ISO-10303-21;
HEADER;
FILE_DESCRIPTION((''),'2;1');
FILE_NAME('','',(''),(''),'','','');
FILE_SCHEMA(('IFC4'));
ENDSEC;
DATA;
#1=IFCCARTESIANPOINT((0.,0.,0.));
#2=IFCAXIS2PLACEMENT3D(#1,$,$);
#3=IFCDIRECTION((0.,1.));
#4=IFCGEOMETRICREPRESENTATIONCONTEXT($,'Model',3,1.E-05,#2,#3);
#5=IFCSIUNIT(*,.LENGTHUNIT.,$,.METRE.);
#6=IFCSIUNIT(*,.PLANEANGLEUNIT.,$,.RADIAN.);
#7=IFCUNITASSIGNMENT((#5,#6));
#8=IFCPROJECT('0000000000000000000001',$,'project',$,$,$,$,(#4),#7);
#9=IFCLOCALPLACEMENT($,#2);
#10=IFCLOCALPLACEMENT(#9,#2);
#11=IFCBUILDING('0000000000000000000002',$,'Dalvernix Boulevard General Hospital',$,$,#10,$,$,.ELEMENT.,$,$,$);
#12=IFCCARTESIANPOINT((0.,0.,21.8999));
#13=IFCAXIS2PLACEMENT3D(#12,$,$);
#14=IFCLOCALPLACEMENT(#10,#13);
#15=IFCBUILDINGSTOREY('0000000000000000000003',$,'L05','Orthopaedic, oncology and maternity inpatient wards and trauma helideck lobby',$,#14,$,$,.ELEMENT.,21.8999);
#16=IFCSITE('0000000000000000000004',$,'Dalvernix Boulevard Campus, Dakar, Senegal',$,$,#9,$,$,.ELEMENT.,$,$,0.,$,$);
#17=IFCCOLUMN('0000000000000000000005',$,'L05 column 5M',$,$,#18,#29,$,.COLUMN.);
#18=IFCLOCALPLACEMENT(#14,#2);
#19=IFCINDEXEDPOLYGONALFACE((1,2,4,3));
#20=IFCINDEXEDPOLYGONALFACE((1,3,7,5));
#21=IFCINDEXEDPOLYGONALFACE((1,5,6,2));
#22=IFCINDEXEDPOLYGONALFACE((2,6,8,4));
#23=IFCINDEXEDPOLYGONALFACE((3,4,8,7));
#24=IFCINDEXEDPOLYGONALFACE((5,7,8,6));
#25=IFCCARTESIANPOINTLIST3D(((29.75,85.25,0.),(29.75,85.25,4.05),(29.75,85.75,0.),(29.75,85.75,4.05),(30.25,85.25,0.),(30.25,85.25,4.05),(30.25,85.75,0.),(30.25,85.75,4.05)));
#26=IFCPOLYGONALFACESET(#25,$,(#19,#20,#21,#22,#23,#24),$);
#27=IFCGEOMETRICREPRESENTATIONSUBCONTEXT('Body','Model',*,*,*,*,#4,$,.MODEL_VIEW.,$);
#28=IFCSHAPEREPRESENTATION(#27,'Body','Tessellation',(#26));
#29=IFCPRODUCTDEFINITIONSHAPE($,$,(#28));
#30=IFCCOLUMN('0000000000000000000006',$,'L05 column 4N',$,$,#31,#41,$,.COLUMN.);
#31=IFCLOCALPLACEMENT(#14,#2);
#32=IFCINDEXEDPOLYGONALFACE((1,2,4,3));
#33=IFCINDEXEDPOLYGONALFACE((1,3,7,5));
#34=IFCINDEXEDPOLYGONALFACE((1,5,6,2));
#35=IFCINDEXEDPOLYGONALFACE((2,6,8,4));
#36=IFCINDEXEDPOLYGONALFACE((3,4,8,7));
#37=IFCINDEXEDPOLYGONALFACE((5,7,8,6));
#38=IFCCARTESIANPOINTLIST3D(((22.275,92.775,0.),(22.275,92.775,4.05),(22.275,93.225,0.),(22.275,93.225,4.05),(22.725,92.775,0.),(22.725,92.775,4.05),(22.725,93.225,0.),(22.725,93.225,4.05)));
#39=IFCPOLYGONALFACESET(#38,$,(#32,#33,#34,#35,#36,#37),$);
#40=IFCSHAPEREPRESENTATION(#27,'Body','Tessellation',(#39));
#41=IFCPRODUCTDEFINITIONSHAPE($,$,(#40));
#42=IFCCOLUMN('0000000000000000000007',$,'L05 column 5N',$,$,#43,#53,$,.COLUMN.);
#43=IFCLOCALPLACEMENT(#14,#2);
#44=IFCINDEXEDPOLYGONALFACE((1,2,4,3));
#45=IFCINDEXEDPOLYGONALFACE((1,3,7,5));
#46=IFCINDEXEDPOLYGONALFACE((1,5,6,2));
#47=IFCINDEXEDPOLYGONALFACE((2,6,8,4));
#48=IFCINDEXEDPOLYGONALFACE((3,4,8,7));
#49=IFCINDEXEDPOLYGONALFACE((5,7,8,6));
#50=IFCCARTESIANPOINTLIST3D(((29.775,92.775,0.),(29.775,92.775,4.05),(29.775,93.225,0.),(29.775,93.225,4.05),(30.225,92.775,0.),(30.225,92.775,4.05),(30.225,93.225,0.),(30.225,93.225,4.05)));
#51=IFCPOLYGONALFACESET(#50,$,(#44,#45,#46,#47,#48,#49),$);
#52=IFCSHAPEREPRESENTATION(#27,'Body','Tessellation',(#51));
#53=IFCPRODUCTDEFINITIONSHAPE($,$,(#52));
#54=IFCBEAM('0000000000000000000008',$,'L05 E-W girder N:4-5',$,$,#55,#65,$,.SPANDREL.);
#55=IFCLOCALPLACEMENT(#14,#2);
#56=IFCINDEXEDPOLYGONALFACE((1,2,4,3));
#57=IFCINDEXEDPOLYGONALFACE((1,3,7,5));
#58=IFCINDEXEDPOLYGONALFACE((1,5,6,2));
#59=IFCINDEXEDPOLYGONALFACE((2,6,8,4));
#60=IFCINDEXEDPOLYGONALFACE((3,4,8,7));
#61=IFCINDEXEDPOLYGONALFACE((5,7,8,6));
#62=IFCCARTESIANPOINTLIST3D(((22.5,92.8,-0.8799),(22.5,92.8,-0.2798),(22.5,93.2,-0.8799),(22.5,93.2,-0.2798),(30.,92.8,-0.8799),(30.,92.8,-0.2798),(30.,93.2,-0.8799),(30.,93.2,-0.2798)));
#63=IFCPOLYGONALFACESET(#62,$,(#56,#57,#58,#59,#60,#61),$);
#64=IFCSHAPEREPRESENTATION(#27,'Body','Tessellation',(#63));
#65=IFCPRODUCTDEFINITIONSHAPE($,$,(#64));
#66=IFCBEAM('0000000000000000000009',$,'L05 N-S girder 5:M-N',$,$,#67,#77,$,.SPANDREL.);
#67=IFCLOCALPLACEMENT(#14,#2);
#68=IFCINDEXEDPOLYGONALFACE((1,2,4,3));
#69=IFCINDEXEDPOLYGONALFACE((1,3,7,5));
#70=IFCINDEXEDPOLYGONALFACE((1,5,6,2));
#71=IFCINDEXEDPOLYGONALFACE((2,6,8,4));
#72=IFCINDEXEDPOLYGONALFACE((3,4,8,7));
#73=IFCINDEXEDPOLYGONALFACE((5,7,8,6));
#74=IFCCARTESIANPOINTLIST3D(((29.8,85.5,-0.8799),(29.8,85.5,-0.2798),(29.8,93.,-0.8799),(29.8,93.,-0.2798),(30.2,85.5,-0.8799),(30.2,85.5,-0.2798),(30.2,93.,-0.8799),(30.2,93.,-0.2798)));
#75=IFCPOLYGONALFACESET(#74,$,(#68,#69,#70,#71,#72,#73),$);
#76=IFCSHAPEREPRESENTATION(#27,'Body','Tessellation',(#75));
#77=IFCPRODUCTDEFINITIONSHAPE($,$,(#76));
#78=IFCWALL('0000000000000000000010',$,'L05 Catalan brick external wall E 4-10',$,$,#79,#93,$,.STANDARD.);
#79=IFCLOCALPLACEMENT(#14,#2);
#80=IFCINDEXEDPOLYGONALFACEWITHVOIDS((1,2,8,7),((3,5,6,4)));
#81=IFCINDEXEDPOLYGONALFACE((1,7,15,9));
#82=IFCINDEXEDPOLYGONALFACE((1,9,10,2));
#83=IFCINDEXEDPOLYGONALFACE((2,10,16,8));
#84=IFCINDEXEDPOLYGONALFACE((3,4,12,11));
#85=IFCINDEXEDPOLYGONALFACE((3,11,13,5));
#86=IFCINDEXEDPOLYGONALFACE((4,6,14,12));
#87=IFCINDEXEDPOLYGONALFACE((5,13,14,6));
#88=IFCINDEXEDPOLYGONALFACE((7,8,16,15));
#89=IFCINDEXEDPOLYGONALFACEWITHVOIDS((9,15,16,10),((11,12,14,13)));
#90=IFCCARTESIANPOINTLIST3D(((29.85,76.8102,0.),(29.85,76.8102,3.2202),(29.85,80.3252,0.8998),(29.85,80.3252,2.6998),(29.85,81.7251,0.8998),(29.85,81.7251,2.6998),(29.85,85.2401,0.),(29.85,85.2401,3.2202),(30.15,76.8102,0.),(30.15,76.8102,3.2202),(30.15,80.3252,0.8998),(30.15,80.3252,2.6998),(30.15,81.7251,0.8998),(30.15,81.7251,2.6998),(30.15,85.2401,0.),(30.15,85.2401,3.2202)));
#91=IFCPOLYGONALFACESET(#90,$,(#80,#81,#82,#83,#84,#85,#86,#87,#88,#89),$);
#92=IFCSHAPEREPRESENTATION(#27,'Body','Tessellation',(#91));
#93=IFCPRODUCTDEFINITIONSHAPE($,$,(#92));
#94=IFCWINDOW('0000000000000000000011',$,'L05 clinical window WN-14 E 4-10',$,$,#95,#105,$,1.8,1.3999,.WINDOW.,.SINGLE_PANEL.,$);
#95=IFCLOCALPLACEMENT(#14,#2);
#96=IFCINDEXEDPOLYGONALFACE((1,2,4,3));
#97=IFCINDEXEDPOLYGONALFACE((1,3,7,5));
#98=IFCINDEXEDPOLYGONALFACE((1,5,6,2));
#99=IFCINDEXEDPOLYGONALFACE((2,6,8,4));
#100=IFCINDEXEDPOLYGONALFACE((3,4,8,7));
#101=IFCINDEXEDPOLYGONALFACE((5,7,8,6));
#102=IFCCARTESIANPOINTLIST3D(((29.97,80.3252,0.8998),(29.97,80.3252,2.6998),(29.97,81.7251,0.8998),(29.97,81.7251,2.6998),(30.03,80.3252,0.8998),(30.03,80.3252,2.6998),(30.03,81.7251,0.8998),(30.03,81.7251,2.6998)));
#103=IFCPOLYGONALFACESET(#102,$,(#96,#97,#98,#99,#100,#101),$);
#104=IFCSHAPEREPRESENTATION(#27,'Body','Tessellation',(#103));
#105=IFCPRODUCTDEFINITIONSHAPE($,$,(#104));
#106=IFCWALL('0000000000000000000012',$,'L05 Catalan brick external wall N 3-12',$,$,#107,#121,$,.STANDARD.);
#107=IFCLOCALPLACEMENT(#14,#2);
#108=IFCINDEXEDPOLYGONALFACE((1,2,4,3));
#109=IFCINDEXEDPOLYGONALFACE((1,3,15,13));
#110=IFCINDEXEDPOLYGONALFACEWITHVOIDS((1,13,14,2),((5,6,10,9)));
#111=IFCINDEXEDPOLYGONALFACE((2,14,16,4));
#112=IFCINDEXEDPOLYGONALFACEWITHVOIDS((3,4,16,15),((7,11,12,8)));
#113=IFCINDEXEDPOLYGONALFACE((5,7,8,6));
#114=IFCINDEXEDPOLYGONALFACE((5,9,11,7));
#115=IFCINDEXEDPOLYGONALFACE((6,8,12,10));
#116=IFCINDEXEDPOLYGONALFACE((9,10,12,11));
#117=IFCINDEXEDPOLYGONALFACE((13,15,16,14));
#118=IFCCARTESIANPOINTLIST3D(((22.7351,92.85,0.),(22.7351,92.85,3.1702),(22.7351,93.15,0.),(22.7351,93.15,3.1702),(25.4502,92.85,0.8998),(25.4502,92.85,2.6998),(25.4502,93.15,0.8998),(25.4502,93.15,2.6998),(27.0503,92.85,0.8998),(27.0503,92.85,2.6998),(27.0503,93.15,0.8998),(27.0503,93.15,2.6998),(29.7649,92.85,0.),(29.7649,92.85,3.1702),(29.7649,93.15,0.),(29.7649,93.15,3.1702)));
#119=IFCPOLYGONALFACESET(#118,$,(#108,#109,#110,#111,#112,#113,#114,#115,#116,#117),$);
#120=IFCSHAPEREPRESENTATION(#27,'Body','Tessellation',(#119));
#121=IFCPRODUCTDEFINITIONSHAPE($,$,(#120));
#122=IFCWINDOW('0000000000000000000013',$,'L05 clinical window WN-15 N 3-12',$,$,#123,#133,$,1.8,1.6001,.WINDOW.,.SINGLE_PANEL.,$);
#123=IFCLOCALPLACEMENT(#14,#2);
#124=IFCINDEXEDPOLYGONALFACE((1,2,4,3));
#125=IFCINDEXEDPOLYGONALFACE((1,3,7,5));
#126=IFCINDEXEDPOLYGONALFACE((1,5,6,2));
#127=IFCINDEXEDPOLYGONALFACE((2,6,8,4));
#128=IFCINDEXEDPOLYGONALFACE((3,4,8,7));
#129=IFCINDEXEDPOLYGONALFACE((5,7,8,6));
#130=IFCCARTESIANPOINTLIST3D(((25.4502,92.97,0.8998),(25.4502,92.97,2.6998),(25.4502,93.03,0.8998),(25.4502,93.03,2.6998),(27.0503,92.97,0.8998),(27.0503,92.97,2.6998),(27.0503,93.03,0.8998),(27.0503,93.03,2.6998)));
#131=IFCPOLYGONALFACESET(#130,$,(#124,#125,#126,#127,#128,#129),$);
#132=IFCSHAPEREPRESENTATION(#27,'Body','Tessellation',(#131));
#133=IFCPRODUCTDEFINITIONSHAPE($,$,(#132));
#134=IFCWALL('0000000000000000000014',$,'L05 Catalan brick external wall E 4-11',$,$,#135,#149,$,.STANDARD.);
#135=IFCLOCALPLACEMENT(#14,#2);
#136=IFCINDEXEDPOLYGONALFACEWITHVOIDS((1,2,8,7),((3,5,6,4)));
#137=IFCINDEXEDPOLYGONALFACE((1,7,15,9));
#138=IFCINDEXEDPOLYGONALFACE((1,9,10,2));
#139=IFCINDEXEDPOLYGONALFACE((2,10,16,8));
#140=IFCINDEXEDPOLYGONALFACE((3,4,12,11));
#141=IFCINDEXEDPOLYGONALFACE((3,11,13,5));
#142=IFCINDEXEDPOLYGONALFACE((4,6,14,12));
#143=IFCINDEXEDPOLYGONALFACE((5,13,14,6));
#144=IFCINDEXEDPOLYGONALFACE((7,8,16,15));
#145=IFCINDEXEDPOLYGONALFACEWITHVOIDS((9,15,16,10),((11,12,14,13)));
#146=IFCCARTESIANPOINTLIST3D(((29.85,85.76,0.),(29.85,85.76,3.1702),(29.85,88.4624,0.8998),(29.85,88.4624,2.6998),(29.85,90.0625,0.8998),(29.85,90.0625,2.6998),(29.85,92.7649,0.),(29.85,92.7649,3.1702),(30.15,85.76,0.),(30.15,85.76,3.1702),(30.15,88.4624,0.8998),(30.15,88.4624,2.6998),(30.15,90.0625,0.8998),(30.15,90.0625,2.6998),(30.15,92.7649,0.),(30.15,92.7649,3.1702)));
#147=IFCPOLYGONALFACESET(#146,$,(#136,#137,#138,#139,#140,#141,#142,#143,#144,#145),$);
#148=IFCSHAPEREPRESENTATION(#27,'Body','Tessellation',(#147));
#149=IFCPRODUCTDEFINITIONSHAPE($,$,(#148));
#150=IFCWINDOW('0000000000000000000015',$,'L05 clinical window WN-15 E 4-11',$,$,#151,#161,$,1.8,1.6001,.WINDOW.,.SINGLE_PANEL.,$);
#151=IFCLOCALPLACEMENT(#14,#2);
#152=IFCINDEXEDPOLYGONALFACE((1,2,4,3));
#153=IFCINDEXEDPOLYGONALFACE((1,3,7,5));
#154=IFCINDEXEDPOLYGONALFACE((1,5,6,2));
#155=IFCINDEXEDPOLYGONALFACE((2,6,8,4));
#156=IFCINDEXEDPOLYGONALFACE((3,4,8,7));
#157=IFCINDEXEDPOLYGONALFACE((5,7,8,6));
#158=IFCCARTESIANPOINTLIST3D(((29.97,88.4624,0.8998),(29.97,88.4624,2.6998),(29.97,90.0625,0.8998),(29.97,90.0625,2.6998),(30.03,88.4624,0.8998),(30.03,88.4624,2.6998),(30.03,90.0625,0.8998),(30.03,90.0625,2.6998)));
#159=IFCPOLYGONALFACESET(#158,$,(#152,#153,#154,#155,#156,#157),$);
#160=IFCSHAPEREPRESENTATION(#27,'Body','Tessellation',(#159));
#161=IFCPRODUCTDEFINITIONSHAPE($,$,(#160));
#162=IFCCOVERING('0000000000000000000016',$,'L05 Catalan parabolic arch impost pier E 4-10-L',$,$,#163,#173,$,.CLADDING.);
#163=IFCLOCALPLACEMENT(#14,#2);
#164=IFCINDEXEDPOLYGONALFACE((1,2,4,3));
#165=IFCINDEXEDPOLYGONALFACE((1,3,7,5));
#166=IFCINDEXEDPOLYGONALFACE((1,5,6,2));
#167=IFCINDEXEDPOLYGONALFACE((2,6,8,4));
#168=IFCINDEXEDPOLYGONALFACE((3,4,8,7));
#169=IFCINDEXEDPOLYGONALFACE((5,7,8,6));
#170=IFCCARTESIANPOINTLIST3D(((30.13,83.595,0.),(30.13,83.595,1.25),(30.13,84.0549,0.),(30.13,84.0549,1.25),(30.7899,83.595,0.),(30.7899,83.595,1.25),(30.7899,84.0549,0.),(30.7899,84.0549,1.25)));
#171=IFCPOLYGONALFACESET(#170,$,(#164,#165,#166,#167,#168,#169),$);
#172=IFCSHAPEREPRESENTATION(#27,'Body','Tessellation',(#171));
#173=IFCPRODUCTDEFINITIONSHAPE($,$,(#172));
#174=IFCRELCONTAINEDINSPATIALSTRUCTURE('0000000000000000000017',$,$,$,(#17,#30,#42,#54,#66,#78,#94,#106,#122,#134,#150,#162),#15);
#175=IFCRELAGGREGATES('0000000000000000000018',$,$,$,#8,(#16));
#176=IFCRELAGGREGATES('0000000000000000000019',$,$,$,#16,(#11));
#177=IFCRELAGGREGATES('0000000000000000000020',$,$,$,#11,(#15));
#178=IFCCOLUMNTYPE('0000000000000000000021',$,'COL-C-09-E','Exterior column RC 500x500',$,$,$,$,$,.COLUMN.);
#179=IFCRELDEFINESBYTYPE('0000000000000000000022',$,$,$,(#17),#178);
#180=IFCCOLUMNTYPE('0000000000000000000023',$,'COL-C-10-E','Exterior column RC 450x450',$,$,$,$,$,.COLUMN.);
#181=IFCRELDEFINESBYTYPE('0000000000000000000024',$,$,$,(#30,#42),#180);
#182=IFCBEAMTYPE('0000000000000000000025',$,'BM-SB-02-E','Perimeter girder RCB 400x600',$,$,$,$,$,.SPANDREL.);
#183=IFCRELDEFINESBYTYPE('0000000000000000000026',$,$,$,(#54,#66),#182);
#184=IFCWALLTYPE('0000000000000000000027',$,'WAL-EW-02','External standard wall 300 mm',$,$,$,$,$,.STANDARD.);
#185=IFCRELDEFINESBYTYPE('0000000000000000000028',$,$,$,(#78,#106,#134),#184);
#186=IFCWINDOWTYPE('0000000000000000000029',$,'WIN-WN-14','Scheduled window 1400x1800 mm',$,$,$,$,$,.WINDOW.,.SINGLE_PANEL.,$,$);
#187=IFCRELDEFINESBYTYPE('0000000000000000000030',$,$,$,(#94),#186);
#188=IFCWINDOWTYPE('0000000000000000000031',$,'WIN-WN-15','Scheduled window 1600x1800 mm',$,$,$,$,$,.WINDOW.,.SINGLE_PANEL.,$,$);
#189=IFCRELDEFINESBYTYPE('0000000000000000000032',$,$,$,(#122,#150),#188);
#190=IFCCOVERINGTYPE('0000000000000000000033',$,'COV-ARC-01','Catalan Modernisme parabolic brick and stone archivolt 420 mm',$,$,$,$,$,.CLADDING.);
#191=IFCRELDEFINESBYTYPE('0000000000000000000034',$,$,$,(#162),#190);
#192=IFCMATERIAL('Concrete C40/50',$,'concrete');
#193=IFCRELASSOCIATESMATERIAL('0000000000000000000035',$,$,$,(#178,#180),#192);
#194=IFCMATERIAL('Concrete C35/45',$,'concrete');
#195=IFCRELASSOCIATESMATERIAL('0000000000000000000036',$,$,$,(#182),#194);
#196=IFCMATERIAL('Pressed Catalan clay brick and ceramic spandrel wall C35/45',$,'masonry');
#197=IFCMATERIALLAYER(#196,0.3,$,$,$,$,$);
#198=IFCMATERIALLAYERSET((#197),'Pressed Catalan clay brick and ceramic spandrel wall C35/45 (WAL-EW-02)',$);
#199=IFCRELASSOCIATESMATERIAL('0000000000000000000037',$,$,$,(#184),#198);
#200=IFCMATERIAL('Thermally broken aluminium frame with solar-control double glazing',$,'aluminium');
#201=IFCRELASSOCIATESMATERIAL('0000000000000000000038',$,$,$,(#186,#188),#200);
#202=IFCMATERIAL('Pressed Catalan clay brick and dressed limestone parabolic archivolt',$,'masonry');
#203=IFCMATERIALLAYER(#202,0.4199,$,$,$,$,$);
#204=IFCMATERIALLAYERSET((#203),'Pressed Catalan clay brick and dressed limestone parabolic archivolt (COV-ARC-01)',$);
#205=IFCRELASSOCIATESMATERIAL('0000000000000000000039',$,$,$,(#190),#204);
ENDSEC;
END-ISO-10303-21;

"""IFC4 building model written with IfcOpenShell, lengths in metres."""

from ifc_helpers import new_model, si_unit, direction, frame, frame_2d, origin, origin_2d, place, context, subcontext, project, spatial, rectangle, extrude, material, layer, layer_set, material_profile, profile_set, type_object, element, fill, save


model = new_model("IFC4")

# Units and contexts
model_context = context("Model", 3, precision=1e-05, world=origin(), true_north=direction((0.0, 1.0)))
body_context = subcontext(model_context, "Body", "Model", "MODEL_VIEW")
ifc_project = project(units=[si_unit("LENGTHUNIT", "METRE"), si_unit("PLANEANGLEUNIT", "RADIAN")], contexts=[model_context])

# Site, building, storey
site_placement = place(None, origin())
site = spatial("IfcSite", under=ifc_project, at=site_placement, Name="Dalvernix Boulevard Campus, Dakar, Senegal", CompositionType="ELEMENT", RefElevation=0.0)
building_placement = place(site_placement, origin())
building = spatial("IfcBuilding", under=site, at=building_placement, Name="Dalvernix Boulevard General Hospital", CompositionType="ELEMENT")
storey_placement = place(building_placement, frame((0.0, 0.0, 21.8999)))
storey = spatial("IfcBuildingStorey", under=building, at=storey_placement, Name="L05", Description="Orthopaedic, oncology and maternity inpatient wards and trauma helideck lobby", CompositionType="ELEMENT", Elevation=21.8999)

# Columns
ifc_material_1 = material(Name="Concrete C40/50", Category="concrete")
ifc_material_profile_1 = material_profile(ifc_material_1, rectangle(XDim=0.5, YDim=0.5, at=origin_2d()), Name="RC 500x500")
ifc_profile_set_1 = profile_set([ifc_material_profile_1], Name="Concrete C40/50")
column_type_1 = type_object("IfcColumnType", Name="COL-C-09-E", Description="Exterior column RC 500x500", PredefinedType="COLUMN", material=ifc_profile_set_1)
column_placement = place(storey_placement, frame((30.0, 85.5, 0.0), z_axis=(0.0, 0.0, 1.0), x_axis=(1.0, 0.0, 0.0)))
element("IfcColumn", 1, at=column_placement, inside=storey, type_object=column_type_1, Name="L05 column 5M", PredefinedType="COLUMN", context=body_context, shape_type="SweptSolid", body=[
    extrude(rectangle(XDim=0.5, YDim=0.5, at=origin_2d()), origin(), (0.0, 0.0, 1.0), 4.05),
])
ifc_material_profile_2 = material_profile(ifc_material_1, rectangle(XDim=0.45, YDim=0.45, at=origin_2d()), Name="RC 450x450")
ifc_profile_set_2 = profile_set([ifc_material_profile_2], Name="Concrete C40/50")
column_type_2 = type_object("IfcColumnType", Name="COL-C-10-E", Description="Exterior column RC 450x450", PredefinedType="COLUMN", material=ifc_profile_set_2)
for number, where, z_axis, x_axis, name in (
    (2, (22.5, 93.0, 0.0), (0.0, 0.0, 1.0), (1.0, 0.0, 0.0), "L05 column 4N"),
    (3, (30.0, 93.0, 0.0), (0.0, 0.0, 1.0), (1.0, 0.0, 0.0), "L05 column 5N"),
):
    element("IfcColumn", number, at=place(storey_placement, frame(where, z_axis=z_axis, x_axis=x_axis)), inside=storey, type_object=column_type_2, Name=name, PredefinedType="COLUMN", context=body_context, shape_type="SweptSolid", body=[
        extrude(rectangle(XDim=0.45, YDim=0.45, at=origin_2d()), origin(), (0.0, 0.0, 1.0), 4.05),
    ])

# Beams
ifc_material_2 = material(Name="Concrete C35/45", Category="concrete")
ifc_material_profile_3 = material_profile(ifc_material_2, rectangle(XDim=0.3999, YDim=0.6001, at=origin_2d()), Name="RCB 400x600")
ifc_profile_set_3 = profile_set([ifc_material_profile_3], Name="Concrete C35/45")
beam_type = type_object("IfcBeamType", Name="BM-SB-02-E", Description="Perimeter girder RCB 400x600", PredefinedType="SPANDREL", material=ifc_profile_set_3)
for number, where, z_axis, x_axis, name in (
    (4, (22.5, 93.0, -0.5798), (1.0, 0.0, 0.0), (0.0, 1.0, 0.0), "L05 E-W girder N:4-5"),
    (5, (30.0, 85.5, -0.5798), (0.0, 1.0, 0.0), (-1.0, 0.0, 0.0), "L05 N-S girder 5:M-N"),
):
    element("IfcBeam", number, at=place(storey_placement, frame(where, z_axis=z_axis, x_axis=x_axis)), inside=storey, type_object=beam_type, Name=name, PredefinedType="SPANDREL", context=body_context, shape_type="SweptSolid", body=[
        extrude(rectangle(XDim=0.3999, YDim=0.6001, at=origin_2d()), origin(), (0.0, 0.0, 1.0), 7.5),
    ])

# Walls, openings, windows
ifc_material_3 = material(Name="Pressed Catalan clay brick and ceramic spandrel wall C35/45", Category="masonry")
ifc_layer_1 = layer(ifc_material_3, 0.3)
ifc_layer_set_1 = layer_set([ifc_layer_1], Name="Pressed Catalan clay brick and ceramic spandrel wall C35/45 (WAL-EW-02)")
wall_type = type_object("IfcWallType", Name="WAL-EW-02", Description="External standard wall 300 mm", PredefinedType="STANDARD", material=ifc_layer_set_1)
wall_1_placement = place(storey_placement, frame((30.0, 85.24, 0.0), z_axis=(0.0, 0.0, 1.0), x_axis=(0.0, -1.0, 0.0)))
wall_1 = element("IfcWall", 6, at=wall_1_placement, inside=storey, type_object=wall_type, Name="L05 Catalan brick external wall E 4-10", PredefinedType="STANDARD", context=body_context, shape_type="SweptSolid", body=[
    extrude(rectangle(XDim=8.4299, YDim=0.3, at=frame_2d((4.2148, 0.0))), origin(), (0.0, 0.0, 1.0), 3.2202),
])
opening_1_placement = place(wall_1_placement, frame((3.5149, 0.0, 0.8999)))
opening_1 = element("IfcOpeningElement", 7, at=opening_1_placement, cuts=wall_1, PredefinedType="OPENING", context=body_context, shape_type="SweptSolid", body=[
    extrude(rectangle(XDim=1.3999, YDim=1.8, at=frame_2d((0.7, 0.8999))), frame((0.0, 0.1599, 0.0), z_axis=(0.0, -1.0, 0.0), x_axis=(1.0, 0.0, 0.0)), (0.0, 0.0, 1.0), 0.3201),
])
ifc_material_4 = material(Name="Thermally broken aluminium frame with solar-control double glazing", Category="aluminium")
window_type_1 = type_object("IfcWindowType", Name="WIN-WN-14", Description="Scheduled window 1400x1800 mm", PartitioningType="SINGLE_PANEL", PredefinedType="WINDOW", material=ifc_material_4)
window_1_placement = place(opening_1_placement, origin())
window_1 = element("IfcWindow", 8, at=window_1_placement, inside=storey, type_object=window_type_1, Name="L05 clinical window WN-14 E 4-10", OverallHeight=1.8, OverallWidth=1.3999, PartitioningType="SINGLE_PANEL", PredefinedType="WINDOW", context=body_context, shape_type="SweptSolid", body=[
    extrude(rectangle(XDim=1.3999, YDim=1.8, at=frame_2d((0.7, 0.8999))), frame((0.0, 0.03, 0.0), z_axis=(0.0, -1.0, 0.0), x_axis=(1.0, 0.0, 0.0)), (0.0, 0.0, 1.0), 0.0601),
])
fill(opening_1, window_1)
wall_2_placement = place(storey_placement, frame((22.7351, 93.0, 0.0), z_axis=(0.0, 0.0, 1.0), x_axis=(1.0, 0.0, 0.0)))
wall_2 = element("IfcWall", 9, at=wall_2_placement, inside=storey, type_object=wall_type, Name="L05 Catalan brick external wall N 3-12", PredefinedType="STANDARD", context=body_context, shape_type="SweptSolid", body=[
    extrude(rectangle(XDim=7.0298, YDim=0.3, at=frame_2d((3.5149, 0.0))), origin(), (0.0, 0.0, 1.0), 3.1702),
])
opening_2_placement = place(wall_2_placement, frame((2.7151, 0.0, 0.8999)))
opening_2 = element("IfcOpeningElement", 10, at=opening_2_placement, cuts=wall_2, PredefinedType="OPENING", context=body_context, shape_type="SweptSolid", body=[
    extrude(rectangle(XDim=1.6001, YDim=1.8, at=frame_2d((0.8, 0.8999))), frame((0.0, 0.1599, 0.0), z_axis=(0.0, -1.0, 0.0), x_axis=(1.0, 0.0, 0.0)), (0.0, 0.0, 1.0), 0.3201),
])
window_type_2 = type_object("IfcWindowType", Name="WIN-WN-15", Description="Scheduled window 1600x1800 mm", PartitioningType="SINGLE_PANEL", PredefinedType="WINDOW", material=ifc_material_4)
window_2_placement = place(opening_2_placement, origin())
window_2 = element("IfcWindow", 11, at=window_2_placement, inside=storey, type_object=window_type_2, Name="L05 clinical window WN-15 N 3-12", OverallHeight=1.8, OverallWidth=1.6001, PartitioningType="SINGLE_PANEL", PredefinedType="WINDOW", context=body_context, shape_type="SweptSolid", body=[
    extrude(rectangle(XDim=1.6001, YDim=1.8, at=frame_2d((0.8, 0.8999))), frame((0.0, 0.03, 0.0), z_axis=(0.0, -1.0, 0.0), x_axis=(1.0, 0.0, 0.0)), (0.0, 0.0, 1.0), 0.0601),
])
fill(opening_2, window_2)
wall_3_placement = place(storey_placement, frame((30.0, 92.7649, 0.0), z_axis=(0.0, 0.0, 1.0), x_axis=(0.0, -1.0, 0.0)))
wall_3 = element("IfcWall", 12, at=wall_3_placement, inside=storey, type_object=wall_type, Name="L05 Catalan brick external wall E 4-11", PredefinedType="STANDARD", context=body_context, shape_type="SweptSolid", body=[
    extrude(rectangle(XDim=7.0049, YDim=0.3, at=frame_2d((3.5024, 0.0))), origin(), (0.0, 0.0, 1.0), 3.1702),
])
opening_3_placement = place(wall_3_placement, frame((2.7024, 0.0, 0.8999)))
opening_3 = element("IfcOpeningElement", 13, at=opening_3_placement, cuts=wall_3, PredefinedType="OPENING", context=body_context, shape_type="SweptSolid", body=[
    extrude(rectangle(XDim=1.6001, YDim=1.8, at=frame_2d((0.8, 0.8999))), frame((0.0, 0.1599, 0.0), z_axis=(0.0, -1.0, 0.0), x_axis=(1.0, 0.0, 0.0)), (0.0, 0.0, 1.0), 0.3201),
])
window_3_placement = place(opening_3_placement, origin())
window_3 = element("IfcWindow", 14, at=window_3_placement, inside=storey, type_object=window_type_2, Name="L05 clinical window WN-15 E 4-11", OverallHeight=1.8, OverallWidth=1.6001, PartitioningType="SINGLE_PANEL", PredefinedType="WINDOW", context=body_context, shape_type="SweptSolid", body=[
    extrude(rectangle(XDim=1.6001, YDim=1.8, at=frame_2d((0.8, 0.8999))), frame((0.0, 0.03, 0.0), z_axis=(0.0, -1.0, 0.0), x_axis=(1.0, 0.0, 0.0)), (0.0, 0.0, 1.0), 0.0601),
])
fill(opening_3, window_3)

# Covering
ifc_material_5 = material(Name="Pressed Catalan clay brick and dressed limestone parabolic archivolt", Category="masonry")
ifc_layer_2 = layer(ifc_material_5, 0.4199)
ifc_layer_set_2 = layer_set([ifc_layer_2], Name="Pressed Catalan clay brick and dressed limestone parabolic archivolt (COV-ARC-01)")
covering_type_1 = type_object("IfcCoveringType", Name="COV-ARC-01", Description="Catalan Modernisme parabolic brick and stone archivolt 420 mm", PredefinedType="CLADDING", material=ifc_layer_set_2)
covering_1_placement = place(storey_placement, frame((30.46, 83.825, 0.0), z_axis=(0.0, 0.0, 1.0), x_axis=(0.0, -1.0, 0.0)))
element("IfcCovering", 15, at=covering_1_placement, inside=storey, type_object=covering_type_1, Name="L05 Catalan parabolic arch impost pier E 4-10-L", PredefinedType="CLADDING", context=body_context, shape_type="SweptSolid", body=[
    extrude(rectangle(XDim=0.46, YDim=0.6599, at=origin_2d()), origin(), (0.0, 0.0, 1.0), 1.25),
])

save(model, "model.ifc")
